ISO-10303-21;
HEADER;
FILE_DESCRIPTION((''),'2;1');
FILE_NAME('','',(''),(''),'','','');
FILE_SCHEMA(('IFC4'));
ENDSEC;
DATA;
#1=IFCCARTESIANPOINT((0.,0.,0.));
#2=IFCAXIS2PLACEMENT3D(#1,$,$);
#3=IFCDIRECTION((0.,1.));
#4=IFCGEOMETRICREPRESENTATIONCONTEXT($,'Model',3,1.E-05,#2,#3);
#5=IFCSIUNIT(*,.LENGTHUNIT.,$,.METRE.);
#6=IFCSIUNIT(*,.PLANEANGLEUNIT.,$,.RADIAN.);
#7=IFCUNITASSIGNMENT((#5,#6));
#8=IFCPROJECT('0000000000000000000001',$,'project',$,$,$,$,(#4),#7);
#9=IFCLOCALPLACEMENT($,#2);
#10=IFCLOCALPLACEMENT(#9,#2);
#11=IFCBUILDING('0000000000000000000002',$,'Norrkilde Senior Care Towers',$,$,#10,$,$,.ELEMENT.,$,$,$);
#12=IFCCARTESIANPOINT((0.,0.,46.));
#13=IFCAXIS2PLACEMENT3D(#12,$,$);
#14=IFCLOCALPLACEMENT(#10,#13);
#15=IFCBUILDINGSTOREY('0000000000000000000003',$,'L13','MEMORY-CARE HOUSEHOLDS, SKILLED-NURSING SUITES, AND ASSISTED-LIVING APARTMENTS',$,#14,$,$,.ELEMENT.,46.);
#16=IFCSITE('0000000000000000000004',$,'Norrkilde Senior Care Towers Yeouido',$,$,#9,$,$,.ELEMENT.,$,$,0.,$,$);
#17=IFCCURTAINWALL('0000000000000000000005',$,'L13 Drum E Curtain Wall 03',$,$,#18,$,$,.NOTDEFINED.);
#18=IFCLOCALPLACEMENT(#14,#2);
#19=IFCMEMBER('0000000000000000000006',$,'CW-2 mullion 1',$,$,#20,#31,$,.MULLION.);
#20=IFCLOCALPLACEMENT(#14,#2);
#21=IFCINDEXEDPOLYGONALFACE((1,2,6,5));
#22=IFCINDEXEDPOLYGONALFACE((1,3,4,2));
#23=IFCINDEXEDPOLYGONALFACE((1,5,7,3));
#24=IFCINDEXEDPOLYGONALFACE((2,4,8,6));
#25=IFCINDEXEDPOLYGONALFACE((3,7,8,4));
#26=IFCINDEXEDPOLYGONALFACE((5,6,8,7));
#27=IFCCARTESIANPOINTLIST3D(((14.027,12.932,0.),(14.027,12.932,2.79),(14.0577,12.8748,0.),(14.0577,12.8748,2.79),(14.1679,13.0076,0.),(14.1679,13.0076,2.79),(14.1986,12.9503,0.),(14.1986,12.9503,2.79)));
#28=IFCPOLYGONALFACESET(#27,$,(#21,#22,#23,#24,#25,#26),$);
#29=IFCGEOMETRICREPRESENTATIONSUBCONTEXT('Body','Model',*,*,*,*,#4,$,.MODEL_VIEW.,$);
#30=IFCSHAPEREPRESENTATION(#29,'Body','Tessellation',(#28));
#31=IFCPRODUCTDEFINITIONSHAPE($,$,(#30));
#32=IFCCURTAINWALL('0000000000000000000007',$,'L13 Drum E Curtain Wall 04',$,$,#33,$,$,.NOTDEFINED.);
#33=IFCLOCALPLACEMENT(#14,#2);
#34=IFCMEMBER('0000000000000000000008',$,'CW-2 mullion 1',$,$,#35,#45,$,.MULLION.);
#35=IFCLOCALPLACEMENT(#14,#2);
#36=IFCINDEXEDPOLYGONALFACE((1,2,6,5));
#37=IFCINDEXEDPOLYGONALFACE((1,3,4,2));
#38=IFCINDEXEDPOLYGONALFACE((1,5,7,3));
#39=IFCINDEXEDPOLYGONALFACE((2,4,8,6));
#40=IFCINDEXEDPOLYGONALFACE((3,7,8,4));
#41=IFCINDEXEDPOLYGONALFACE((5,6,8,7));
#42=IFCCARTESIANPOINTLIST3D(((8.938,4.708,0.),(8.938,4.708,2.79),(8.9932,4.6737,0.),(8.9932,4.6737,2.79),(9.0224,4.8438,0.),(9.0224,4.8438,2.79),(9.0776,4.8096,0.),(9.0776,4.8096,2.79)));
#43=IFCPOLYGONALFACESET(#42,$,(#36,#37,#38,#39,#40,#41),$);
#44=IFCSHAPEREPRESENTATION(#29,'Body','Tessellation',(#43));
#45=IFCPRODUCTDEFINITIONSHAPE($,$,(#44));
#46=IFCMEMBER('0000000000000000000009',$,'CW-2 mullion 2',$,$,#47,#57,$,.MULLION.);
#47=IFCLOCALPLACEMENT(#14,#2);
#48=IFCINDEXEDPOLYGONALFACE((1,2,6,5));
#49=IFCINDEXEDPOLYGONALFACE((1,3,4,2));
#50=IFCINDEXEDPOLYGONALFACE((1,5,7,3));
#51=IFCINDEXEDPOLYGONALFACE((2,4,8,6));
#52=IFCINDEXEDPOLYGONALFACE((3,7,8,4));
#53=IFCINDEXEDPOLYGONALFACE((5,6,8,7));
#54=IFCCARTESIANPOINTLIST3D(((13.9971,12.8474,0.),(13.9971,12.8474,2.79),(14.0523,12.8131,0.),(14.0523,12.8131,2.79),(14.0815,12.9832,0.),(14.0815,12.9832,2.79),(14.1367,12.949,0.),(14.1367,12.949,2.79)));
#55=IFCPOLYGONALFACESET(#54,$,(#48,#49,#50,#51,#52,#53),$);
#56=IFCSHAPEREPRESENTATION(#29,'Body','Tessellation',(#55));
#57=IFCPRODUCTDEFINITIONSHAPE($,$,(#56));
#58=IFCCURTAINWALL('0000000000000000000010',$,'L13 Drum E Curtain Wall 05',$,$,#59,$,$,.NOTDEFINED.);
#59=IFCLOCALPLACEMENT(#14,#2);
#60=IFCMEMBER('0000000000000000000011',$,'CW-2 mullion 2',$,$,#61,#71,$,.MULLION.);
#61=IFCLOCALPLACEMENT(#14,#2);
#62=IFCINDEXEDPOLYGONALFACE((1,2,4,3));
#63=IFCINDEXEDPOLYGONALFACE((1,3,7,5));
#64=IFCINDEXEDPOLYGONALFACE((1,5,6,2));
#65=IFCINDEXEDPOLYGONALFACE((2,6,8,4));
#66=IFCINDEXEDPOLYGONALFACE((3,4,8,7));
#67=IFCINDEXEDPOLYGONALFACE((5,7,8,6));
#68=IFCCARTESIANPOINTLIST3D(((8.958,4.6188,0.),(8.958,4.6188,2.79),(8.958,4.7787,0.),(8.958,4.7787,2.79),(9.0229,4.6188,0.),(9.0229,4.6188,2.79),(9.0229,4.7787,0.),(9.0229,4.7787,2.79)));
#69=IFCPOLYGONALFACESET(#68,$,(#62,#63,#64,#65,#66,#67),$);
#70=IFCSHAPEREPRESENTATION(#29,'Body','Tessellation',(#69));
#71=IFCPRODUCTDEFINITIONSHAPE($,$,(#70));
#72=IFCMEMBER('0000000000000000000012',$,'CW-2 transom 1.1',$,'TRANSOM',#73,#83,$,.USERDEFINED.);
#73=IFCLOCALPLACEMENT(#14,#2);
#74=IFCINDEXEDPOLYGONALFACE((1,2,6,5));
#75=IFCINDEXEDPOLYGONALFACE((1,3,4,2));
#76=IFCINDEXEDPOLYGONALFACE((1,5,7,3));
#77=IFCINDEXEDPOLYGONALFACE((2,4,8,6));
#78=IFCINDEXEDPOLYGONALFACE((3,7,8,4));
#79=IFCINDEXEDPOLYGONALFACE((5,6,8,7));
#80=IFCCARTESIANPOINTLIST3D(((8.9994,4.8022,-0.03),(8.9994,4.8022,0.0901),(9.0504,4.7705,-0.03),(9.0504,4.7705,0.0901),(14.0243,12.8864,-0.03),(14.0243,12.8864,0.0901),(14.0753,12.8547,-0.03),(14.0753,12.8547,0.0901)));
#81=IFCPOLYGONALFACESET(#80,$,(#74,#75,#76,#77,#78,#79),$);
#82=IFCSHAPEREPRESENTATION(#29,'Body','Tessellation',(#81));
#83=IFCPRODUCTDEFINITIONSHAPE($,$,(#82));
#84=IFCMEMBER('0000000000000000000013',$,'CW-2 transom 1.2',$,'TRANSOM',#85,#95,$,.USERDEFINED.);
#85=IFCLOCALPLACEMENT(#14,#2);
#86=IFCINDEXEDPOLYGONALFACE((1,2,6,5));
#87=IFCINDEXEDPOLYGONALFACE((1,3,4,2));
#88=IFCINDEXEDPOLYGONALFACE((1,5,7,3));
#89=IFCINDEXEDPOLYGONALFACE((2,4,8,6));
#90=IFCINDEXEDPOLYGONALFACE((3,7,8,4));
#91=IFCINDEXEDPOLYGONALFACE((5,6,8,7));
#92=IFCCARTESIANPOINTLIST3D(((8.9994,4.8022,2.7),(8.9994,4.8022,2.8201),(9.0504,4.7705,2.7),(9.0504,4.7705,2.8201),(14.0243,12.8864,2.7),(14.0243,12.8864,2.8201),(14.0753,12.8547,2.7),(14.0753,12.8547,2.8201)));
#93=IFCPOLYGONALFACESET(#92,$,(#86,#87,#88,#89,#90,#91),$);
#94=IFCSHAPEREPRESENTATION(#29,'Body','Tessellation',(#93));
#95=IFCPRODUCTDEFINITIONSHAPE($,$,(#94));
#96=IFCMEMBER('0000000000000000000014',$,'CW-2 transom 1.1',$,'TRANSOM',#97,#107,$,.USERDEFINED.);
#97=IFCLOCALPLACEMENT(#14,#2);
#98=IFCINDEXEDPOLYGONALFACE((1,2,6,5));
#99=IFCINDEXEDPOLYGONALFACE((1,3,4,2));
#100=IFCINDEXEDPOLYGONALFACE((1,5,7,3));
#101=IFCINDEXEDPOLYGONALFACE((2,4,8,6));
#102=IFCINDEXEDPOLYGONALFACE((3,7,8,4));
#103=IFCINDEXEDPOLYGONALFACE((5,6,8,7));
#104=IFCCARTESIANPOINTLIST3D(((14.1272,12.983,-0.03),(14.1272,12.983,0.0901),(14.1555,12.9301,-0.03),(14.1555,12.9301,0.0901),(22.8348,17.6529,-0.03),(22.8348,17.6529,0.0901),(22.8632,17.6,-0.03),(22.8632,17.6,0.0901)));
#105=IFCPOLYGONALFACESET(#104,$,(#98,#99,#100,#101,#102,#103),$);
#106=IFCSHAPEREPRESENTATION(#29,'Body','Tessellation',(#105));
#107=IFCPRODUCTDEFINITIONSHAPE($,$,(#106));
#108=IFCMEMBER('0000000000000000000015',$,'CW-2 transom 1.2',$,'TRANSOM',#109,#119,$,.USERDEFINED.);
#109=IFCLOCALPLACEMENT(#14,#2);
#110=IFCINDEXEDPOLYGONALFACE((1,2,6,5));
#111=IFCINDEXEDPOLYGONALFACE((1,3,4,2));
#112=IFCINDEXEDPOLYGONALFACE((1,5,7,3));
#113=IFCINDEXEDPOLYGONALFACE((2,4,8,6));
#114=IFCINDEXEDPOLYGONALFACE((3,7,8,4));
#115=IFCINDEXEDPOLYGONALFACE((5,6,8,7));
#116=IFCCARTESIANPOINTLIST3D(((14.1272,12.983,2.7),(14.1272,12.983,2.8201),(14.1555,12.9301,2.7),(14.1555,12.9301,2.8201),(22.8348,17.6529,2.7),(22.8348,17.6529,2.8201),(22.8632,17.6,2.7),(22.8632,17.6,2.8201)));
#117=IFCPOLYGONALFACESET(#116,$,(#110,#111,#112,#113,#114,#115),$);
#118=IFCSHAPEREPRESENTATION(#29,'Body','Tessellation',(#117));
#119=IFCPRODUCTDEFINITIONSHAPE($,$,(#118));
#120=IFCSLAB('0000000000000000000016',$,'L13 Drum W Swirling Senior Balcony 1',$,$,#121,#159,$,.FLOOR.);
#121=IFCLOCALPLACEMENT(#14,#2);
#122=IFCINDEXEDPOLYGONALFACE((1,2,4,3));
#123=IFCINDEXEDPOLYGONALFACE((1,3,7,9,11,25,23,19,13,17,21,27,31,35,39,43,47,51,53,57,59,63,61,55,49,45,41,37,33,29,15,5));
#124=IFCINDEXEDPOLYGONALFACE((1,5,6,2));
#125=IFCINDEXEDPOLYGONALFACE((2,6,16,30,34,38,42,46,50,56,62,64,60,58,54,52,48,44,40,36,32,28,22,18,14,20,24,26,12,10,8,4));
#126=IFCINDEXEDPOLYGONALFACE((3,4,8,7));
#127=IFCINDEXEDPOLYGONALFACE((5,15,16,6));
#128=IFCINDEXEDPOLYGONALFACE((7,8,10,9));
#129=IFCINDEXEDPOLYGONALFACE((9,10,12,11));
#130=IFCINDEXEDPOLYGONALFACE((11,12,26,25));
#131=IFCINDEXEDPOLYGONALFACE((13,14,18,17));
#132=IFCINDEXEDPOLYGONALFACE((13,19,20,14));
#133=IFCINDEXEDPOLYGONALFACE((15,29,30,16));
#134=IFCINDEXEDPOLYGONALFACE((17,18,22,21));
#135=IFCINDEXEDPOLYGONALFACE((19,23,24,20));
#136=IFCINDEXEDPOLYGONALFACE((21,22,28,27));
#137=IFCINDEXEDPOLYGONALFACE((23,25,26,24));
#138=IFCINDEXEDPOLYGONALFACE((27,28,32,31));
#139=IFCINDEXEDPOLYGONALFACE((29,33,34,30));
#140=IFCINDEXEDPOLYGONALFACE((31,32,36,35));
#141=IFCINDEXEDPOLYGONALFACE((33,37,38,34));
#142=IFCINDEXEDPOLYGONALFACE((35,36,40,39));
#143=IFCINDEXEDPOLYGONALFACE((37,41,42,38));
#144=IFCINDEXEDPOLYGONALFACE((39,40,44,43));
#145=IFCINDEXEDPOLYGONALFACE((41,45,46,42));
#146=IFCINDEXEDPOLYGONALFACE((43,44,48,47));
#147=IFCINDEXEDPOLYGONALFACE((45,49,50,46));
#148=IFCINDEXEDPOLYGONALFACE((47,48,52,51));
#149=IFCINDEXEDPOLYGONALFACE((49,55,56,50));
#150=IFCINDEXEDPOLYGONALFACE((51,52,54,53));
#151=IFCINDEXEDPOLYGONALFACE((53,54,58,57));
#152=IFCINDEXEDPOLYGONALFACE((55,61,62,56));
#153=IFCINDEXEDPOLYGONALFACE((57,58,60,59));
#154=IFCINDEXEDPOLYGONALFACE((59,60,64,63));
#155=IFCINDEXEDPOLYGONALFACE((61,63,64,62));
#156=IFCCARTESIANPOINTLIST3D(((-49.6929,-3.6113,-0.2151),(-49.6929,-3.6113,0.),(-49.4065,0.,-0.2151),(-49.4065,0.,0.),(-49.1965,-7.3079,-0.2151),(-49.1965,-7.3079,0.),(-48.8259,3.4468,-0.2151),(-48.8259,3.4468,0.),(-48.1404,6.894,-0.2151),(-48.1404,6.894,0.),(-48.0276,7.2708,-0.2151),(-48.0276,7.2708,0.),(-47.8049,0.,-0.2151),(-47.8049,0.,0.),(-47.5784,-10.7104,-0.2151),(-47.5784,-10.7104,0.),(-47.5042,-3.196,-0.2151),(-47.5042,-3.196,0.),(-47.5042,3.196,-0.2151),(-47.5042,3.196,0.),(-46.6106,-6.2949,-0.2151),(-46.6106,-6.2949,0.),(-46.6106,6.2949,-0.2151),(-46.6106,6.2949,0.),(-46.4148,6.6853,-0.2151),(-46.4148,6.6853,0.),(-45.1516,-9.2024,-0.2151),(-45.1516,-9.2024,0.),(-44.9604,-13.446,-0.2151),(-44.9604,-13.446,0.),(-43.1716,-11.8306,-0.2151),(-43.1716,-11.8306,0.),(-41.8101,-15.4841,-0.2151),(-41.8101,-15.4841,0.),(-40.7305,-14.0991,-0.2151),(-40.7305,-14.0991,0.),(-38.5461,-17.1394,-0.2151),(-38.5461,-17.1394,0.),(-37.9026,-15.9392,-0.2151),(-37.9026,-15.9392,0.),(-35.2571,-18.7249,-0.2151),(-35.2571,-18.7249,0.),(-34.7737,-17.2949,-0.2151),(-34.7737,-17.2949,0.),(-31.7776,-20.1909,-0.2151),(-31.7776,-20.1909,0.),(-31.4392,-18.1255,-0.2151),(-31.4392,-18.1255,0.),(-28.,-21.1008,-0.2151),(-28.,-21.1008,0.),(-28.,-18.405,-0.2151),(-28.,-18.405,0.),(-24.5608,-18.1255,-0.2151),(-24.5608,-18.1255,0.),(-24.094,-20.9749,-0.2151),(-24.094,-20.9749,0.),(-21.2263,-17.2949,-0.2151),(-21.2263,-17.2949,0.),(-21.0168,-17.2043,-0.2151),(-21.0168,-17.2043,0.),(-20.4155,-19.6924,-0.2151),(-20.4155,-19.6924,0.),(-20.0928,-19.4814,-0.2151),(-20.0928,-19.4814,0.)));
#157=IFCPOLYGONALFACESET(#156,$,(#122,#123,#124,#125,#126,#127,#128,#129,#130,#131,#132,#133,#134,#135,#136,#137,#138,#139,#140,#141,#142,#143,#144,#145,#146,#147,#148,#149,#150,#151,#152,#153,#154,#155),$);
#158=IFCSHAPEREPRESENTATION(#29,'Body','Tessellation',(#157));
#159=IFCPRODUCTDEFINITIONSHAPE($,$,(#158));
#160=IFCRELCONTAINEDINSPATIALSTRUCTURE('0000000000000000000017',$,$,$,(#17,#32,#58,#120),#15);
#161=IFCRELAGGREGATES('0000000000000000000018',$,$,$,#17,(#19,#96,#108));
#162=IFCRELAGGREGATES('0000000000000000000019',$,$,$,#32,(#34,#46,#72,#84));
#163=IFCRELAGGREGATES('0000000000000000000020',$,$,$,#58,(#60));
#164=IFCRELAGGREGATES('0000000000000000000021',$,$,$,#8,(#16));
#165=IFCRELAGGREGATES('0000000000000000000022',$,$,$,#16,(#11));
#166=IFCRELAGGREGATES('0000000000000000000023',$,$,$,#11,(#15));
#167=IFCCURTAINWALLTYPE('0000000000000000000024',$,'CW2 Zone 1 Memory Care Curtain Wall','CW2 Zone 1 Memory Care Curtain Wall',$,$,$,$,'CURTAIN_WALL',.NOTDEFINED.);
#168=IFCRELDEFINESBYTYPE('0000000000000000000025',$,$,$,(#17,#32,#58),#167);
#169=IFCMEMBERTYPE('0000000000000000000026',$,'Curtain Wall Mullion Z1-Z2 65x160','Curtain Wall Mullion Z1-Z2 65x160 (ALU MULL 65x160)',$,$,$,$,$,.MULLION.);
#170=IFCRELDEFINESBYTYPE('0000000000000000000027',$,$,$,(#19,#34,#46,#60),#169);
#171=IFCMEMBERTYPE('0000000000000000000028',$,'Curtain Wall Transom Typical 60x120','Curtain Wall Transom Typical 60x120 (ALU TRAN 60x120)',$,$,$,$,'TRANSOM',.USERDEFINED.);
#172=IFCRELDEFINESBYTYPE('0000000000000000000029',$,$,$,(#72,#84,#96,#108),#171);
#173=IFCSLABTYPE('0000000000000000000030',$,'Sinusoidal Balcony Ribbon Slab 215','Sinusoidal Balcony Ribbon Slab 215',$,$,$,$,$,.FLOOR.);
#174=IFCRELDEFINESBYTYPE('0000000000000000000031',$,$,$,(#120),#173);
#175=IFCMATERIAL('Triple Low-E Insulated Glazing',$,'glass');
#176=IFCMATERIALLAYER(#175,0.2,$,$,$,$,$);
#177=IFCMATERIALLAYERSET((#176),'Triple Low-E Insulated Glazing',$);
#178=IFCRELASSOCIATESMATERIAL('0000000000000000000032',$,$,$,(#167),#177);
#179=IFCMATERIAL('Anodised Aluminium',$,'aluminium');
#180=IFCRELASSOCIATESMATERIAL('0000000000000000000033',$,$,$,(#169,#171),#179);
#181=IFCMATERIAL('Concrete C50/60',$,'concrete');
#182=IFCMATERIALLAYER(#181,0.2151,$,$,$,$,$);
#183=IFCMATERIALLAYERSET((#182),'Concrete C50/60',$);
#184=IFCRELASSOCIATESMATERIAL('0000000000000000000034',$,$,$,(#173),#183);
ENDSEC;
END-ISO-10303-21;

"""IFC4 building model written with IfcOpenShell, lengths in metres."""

from ifc_helpers import new_model, si_unit, direction, frame, origin, origin_2d, place, context, subcontext, project, spatial, polyline, rectangle, outline, extrude, source, transform, mapped, material, layer, layer_set, material_profile, profile_set, type_object, type_shapes, element, aggregate, save


model = new_model("IFC4")

# Units and contexts
model_context = context("Model", 3, precision=1e-05, world=origin(), true_north=direction((0.0, 1.0)))
body_context = subcontext(model_context, "Body", "Model", "MODEL_VIEW")
ifc_project = project(units=[si_unit("LENGTHUNIT", "METRE"), si_unit("PLANEANGLEUNIT", "RADIAN")], contexts=[model_context])

# Site, building, storey
site_placement = place(None, origin())
site = spatial("IfcSite", under=ifc_project, at=site_placement, Name="Norrkilde Senior Care Towers Yeouido", CompositionType="ELEMENT", RefElevation=0.0)
building_placement = place(site_placement, origin())
building = spatial("IfcBuilding", under=site, at=building_placement, Name="Norrkilde Senior Care Towers", CompositionType="ELEMENT")
storey_placement = place(building_placement, frame((0.0, 0.0, 46.0)))
storey = spatial("IfcBuildingStorey", under=building, at=storey_placement, Name="L13", Description="MEMORY-CARE HOUSEHOLDS, SKILLED-NURSING SUITES, AND ASSISTED-LIVING APARTMENTS", CompositionType="ELEMENT", Elevation=46.0)

# Curtain wall, member
ifc_material_1 = material(Name="Triple Low-E Insulated Glazing", Category="glass")
ifc_layer_1 = layer(ifc_material_1, 0.2)
ifc_layer_set_1 = layer_set([ifc_layer_1], Name="Triple Low-E Insulated Glazing")
curtain_wall_type = type_object("IfcCurtainWallType", Name="CW2 Zone 1 Memory Care Curtain Wall", Description="CW2 Zone 1 Memory Care Curtain Wall", ElementType="CURTAIN_WALL", PredefinedType="NOTDEFINED", material=ifc_layer_set_1)
curtain_wall_1_placement = place(storey_placement, origin())
curtain_wall_1 = element("IfcCurtainWall", 1, at=curtain_wall_1_placement, inside=storey, type_object=curtain_wall_type, Name="L13 Drum E Curtain Wall 03", PredefinedType="NOTDEFINED")
ifc_material_2 = material(Name="Anodised Aluminium", Category="aluminium")
ifc_material_profile_1 = material_profile(ifc_material_2, rectangle(XDim=0.0649, YDim=0.1599, at=origin_2d()), Name="ALU MULL 65x160")
ifc_profile_set_1 = profile_set([ifc_material_profile_1], Name="Anodised Aluminium")
member_type_1 = type_object("IfcMemberType", Name="Curtain Wall Mullion Z1-Z2 65x160", Description="Curtain Wall Mullion Z1-Z2 65x160 (ALU MULL 65x160)", PredefinedType="MULLION", material=ifc_profile_set_1)
shared_shape_1 = source(origin(), body_context, "Body", "SweptSolid", [
    extrude(rectangle(XDim=0.0649, YDim=0.1599, at=origin_2d()), origin(), (0.0, 0.0, 1.0), 2.79),
])
type_shapes(member_type_1, [shared_shape_1])
member_1_placement = place(storey_placement, frame((14.1128, 12.9412, 0.0), z_axis=(0.0, 0.0, 1.0), x_axis=(-0.472608, 0.881273, 0.0)))
member_1 = element("IfcMember", 2, at=member_1_placement, type_object=member_type_1, Name="CW-2 mullion 1", PredefinedType="MULLION", context=body_context, shape_type="MappedRepresentation", body=[
    mapped(shared_shape_1, transform((0.0, 0.0, 0.0), x_axis=(1.0, 0.0, 0.0), y_axis=(0.0, 1.0, 0.0), z_axis=(0.0, 0.0, 1.0), scale=1.0)),
])

# Curtain wall, members
curtain_wall_2_placement = place(storey_placement, origin())
curtain_wall_2 = element("IfcCurtainWall", 3, at=curtain_wall_2_placement, inside=storey, type_object=curtain_wall_type, Name="L13 Drum E Curtain Wall 04", PredefinedType="NOTDEFINED")
member_2_placement = place(storey_placement, frame((9.0078, 4.7588, 0.0), z_axis=(0.0, 0.0, 1.0), x_axis=(-0.849306, 0.527901, 0.0)))
member_2 = element("IfcMember", 4, at=member_2_placement, type_object=member_type_1, Name="CW-2 mullion 1", PredefinedType="MULLION", context=body_context, shape_type="MappedRepresentation", body=[
    mapped(shared_shape_1, transform((0.0, 0.0, 0.0), x_axis=(1.0, 0.0, 0.0), y_axis=(0.0, 1.0, 0.0), z_axis=(0.0, 0.0, 1.0), scale=1.0)),
])
member_3_placement = place(storey_placement, frame((14.0669, 12.8982, 0.0), z_axis=(0.0, 0.0, 1.0), x_axis=(-0.849306, 0.527901, 0.0)))
member_3 = element("IfcMember", 5, at=member_3_placement, type_object=member_type_1, Name="CW-2 mullion 2", PredefinedType="MULLION", context=body_context, shape_type="MappedRepresentation", body=[
    mapped(shared_shape_1, transform((0.0, 0.0, 0.0), x_axis=(1.0, 0.0, 0.0), y_axis=(0.0, 1.0, 0.0), z_axis=(0.0, 0.0, 1.0), scale=1.0)),
])

# Curtain wall, member
curtain_wall_3_placement = place(storey_placement, origin())
curtain_wall_3 = element("IfcCurtainWall", 6, at=curtain_wall_3_placement, inside=storey, type_object=curtain_wall_type, Name="L13 Drum E Curtain Wall 05", PredefinedType="NOTDEFINED")
member_4_placement = place(storey_placement, frame((8.9905, 4.6987, 0.0), z_axis=(0.0, 0.0, 1.0), x_axis=(-1.0, 0.0, 0.0)))
member_4 = element("IfcMember", 7, at=member_4_placement, type_object=member_type_1, Name="CW-2 mullion 2", PredefinedType="MULLION", context=body_context, shape_type="MappedRepresentation", body=[
    mapped(shared_shape_1, transform((0.0, 0.0, 0.0), x_axis=(1.0, 0.0, 0.0), y_axis=(0.0, 1.0, 0.0), z_axis=(0.0, 0.0, 1.0), scale=1.0)),
])

# Members
ifc_material_profile_2 = material_profile(ifc_material_2, rectangle(XDim=0.0601, YDim=0.1201, at=origin_2d()), Name="ALU TRAN 60x120")
ifc_profile_set_2 = profile_set([ifc_material_profile_2], Name="Anodised Aluminium")
member_type_2 = type_object("IfcMemberType", Name="Curtain Wall Transom Typical 60x120", Description="Curtain Wall Transom Typical 60x120 (ALU TRAN 60x120)", ElementType="TRANSOM", PredefinedType="USERDEFINED", material=ifc_profile_set_2)
shared_shape_2 = source(origin(), body_context, "Body", "SweptSolid", [
    extrude(rectangle(XDim=0.0601, YDim=0.1201, at=origin_2d()), origin(), (0.0, 0.0, 1.0), 9.5186),
])
member_5_placement = place(storey_placement, frame((9.0249, 4.7864, 0.03), z_axis=(0.527902, 0.849306, 0.0), x_axis=(-0.849306, 0.527902, 0.0)))
member_5 = element("IfcMember", 8, at=member_5_placement, type_object=member_type_2, Name="CW-2 transom 1.1", ObjectType="TRANSOM", PredefinedType="USERDEFINED", context=body_context, shape_type="MappedRepresentation", body=[
    mapped(shared_shape_2, transform((0.0, 0.0, 0.0), x_axis=(1.0, 0.0, 0.0), y_axis=(0.0, 1.0, 0.0), z_axis=(0.0, 0.0, 1.0), scale=1.0)),
])
member_6_placement = place(storey_placement, frame((9.0249, 4.7864, 2.76), z_axis=(0.527902, 0.849306, 0.0), x_axis=(-0.849306, 0.527902, 0.0)))
member_6 = element("IfcMember", 9, at=member_6_placement, type_object=member_type_2, Name="CW-2 transom 1.2", ObjectType="TRANSOM", PredefinedType="USERDEFINED", context=body_context, shape_type="MappedRepresentation", body=[
    mapped(shared_shape_2, transform((0.0, 0.0, 0.0), x_axis=(1.0, 0.0, 0.0), y_axis=(0.0, 1.0, 0.0), z_axis=(0.0, 0.0, 1.0), scale=1.0)),
])
shared_shape_3 = source(origin(), body_context, "Body", "SweptSolid", [
    extrude(rectangle(XDim=0.0601, YDim=0.1201, at=origin_2d()), origin(), (0.0, 0.0, 1.0), 9.8809),
])
type_shapes(member_type_2, [shared_shape_2, shared_shape_3])
member_7_placement = place(storey_placement, frame((14.1414, 12.9565, 0.03), z_axis=(0.881267, 0.472618, 0.0), x_axis=(-0.472618, 0.881267, 0.0)))
member_7 = element("IfcMember", 10, at=member_7_placement, type_object=member_type_2, Name="CW-2 transom 1.1", ObjectType="TRANSOM", PredefinedType="USERDEFINED", context=body_context, shape_type="MappedRepresentation", body=[
    mapped(shared_shape_3, transform((0.0, 0.0, 0.0), x_axis=(1.0, 0.0, 0.0), y_axis=(0.0, 1.0, 0.0), z_axis=(0.0, 0.0, 1.0), scale=1.0)),
])
member_8_placement = place(storey_placement, frame((14.1414, 12.9565, 2.76), z_axis=(0.881267, 0.472618, 0.0), x_axis=(-0.472618, 0.881267, 0.0)))
member_8 = element("IfcMember", 11, at=member_8_placement, type_object=member_type_2, Name="CW-2 transom 1.2", ObjectType="TRANSOM", PredefinedType="USERDEFINED", context=body_context, shape_type="MappedRepresentation", body=[
    mapped(shared_shape_3, transform((0.0, 0.0, 0.0), x_axis=(1.0, 0.0, 0.0), y_axis=(0.0, 1.0, 0.0), z_axis=(0.0, 0.0, 1.0), scale=1.0)),
])
aggregate(curtain_wall_1, [member_1, member_7, member_8])

# Slab
ifc_material_3 = material(Name="Concrete C50/60", Category="concrete")
ifc_layer_2 = layer(ifc_material_3, 0.2151)
ifc_layer_set_2 = layer_set([ifc_layer_2], Name="Concrete C50/60")
slab_type_1 = type_object("IfcSlabType", Name="Sinusoidal Balcony Ribbon Slab 215", Description="Sinusoidal Balcony Ribbon Slab 215", PredefinedType="FLOOR", material=ifc_layer_set_2)
slab_1_placement = place(storey_placement, frame((0.0, 0.0, -0.2151)))
element("IfcSlab", 12, at=slab_1_placement, inside=storey, type_object=slab_type_1, Name="L13 Drum W Swirling Senior Balcony 1", PredefinedType="FLOOR", context=body_context, shape_type="SweptSolid", body=[
    extrude(outline(polyline([(-24.094, -20.9749), (-28.0, -21.1008), (-31.7776, -20.1909), (-35.2571, -18.7249), (-38.5461, -17.1394), (-41.8101, -15.4841), (-44.9604, -13.446), (-47.5784, -10.7104), (-49.1965, -7.3079), (-49.6929, -3.6113), (-49.4065, 0.0), (-48.8259, 3.4468), (-48.1404, 6.894), (-48.0276, 7.2708), (-46.4148, 6.6853), (-46.6106, 6.2949), (-47.5042, 3.196), (-47.8049, 0.0), (-47.5042, -3.196), (-46.6106, -6.2949), (-45.1516, -9.2024), (-43.1716, -11.8306), (-40.7305, -14.0991), (-37.9026, -15.9392), (-34.7737, -17.2949), (-31.4392, -18.1255), (-28.0, -18.405), (-24.5608, -18.1255), (-21.2263, -17.2949), (-21.0168, -17.2043), (-20.0928, -19.4814), (-20.4155, -19.6924), (-24.094, -20.9749)])), origin(), (0.0, 0.0, 1.0), 0.2151),
])

aggregate(curtain_wall_2, [member_2, member_3, member_5, member_6])
aggregate(curtain_wall_3, [member_4])

save(model, "model.ifc")
